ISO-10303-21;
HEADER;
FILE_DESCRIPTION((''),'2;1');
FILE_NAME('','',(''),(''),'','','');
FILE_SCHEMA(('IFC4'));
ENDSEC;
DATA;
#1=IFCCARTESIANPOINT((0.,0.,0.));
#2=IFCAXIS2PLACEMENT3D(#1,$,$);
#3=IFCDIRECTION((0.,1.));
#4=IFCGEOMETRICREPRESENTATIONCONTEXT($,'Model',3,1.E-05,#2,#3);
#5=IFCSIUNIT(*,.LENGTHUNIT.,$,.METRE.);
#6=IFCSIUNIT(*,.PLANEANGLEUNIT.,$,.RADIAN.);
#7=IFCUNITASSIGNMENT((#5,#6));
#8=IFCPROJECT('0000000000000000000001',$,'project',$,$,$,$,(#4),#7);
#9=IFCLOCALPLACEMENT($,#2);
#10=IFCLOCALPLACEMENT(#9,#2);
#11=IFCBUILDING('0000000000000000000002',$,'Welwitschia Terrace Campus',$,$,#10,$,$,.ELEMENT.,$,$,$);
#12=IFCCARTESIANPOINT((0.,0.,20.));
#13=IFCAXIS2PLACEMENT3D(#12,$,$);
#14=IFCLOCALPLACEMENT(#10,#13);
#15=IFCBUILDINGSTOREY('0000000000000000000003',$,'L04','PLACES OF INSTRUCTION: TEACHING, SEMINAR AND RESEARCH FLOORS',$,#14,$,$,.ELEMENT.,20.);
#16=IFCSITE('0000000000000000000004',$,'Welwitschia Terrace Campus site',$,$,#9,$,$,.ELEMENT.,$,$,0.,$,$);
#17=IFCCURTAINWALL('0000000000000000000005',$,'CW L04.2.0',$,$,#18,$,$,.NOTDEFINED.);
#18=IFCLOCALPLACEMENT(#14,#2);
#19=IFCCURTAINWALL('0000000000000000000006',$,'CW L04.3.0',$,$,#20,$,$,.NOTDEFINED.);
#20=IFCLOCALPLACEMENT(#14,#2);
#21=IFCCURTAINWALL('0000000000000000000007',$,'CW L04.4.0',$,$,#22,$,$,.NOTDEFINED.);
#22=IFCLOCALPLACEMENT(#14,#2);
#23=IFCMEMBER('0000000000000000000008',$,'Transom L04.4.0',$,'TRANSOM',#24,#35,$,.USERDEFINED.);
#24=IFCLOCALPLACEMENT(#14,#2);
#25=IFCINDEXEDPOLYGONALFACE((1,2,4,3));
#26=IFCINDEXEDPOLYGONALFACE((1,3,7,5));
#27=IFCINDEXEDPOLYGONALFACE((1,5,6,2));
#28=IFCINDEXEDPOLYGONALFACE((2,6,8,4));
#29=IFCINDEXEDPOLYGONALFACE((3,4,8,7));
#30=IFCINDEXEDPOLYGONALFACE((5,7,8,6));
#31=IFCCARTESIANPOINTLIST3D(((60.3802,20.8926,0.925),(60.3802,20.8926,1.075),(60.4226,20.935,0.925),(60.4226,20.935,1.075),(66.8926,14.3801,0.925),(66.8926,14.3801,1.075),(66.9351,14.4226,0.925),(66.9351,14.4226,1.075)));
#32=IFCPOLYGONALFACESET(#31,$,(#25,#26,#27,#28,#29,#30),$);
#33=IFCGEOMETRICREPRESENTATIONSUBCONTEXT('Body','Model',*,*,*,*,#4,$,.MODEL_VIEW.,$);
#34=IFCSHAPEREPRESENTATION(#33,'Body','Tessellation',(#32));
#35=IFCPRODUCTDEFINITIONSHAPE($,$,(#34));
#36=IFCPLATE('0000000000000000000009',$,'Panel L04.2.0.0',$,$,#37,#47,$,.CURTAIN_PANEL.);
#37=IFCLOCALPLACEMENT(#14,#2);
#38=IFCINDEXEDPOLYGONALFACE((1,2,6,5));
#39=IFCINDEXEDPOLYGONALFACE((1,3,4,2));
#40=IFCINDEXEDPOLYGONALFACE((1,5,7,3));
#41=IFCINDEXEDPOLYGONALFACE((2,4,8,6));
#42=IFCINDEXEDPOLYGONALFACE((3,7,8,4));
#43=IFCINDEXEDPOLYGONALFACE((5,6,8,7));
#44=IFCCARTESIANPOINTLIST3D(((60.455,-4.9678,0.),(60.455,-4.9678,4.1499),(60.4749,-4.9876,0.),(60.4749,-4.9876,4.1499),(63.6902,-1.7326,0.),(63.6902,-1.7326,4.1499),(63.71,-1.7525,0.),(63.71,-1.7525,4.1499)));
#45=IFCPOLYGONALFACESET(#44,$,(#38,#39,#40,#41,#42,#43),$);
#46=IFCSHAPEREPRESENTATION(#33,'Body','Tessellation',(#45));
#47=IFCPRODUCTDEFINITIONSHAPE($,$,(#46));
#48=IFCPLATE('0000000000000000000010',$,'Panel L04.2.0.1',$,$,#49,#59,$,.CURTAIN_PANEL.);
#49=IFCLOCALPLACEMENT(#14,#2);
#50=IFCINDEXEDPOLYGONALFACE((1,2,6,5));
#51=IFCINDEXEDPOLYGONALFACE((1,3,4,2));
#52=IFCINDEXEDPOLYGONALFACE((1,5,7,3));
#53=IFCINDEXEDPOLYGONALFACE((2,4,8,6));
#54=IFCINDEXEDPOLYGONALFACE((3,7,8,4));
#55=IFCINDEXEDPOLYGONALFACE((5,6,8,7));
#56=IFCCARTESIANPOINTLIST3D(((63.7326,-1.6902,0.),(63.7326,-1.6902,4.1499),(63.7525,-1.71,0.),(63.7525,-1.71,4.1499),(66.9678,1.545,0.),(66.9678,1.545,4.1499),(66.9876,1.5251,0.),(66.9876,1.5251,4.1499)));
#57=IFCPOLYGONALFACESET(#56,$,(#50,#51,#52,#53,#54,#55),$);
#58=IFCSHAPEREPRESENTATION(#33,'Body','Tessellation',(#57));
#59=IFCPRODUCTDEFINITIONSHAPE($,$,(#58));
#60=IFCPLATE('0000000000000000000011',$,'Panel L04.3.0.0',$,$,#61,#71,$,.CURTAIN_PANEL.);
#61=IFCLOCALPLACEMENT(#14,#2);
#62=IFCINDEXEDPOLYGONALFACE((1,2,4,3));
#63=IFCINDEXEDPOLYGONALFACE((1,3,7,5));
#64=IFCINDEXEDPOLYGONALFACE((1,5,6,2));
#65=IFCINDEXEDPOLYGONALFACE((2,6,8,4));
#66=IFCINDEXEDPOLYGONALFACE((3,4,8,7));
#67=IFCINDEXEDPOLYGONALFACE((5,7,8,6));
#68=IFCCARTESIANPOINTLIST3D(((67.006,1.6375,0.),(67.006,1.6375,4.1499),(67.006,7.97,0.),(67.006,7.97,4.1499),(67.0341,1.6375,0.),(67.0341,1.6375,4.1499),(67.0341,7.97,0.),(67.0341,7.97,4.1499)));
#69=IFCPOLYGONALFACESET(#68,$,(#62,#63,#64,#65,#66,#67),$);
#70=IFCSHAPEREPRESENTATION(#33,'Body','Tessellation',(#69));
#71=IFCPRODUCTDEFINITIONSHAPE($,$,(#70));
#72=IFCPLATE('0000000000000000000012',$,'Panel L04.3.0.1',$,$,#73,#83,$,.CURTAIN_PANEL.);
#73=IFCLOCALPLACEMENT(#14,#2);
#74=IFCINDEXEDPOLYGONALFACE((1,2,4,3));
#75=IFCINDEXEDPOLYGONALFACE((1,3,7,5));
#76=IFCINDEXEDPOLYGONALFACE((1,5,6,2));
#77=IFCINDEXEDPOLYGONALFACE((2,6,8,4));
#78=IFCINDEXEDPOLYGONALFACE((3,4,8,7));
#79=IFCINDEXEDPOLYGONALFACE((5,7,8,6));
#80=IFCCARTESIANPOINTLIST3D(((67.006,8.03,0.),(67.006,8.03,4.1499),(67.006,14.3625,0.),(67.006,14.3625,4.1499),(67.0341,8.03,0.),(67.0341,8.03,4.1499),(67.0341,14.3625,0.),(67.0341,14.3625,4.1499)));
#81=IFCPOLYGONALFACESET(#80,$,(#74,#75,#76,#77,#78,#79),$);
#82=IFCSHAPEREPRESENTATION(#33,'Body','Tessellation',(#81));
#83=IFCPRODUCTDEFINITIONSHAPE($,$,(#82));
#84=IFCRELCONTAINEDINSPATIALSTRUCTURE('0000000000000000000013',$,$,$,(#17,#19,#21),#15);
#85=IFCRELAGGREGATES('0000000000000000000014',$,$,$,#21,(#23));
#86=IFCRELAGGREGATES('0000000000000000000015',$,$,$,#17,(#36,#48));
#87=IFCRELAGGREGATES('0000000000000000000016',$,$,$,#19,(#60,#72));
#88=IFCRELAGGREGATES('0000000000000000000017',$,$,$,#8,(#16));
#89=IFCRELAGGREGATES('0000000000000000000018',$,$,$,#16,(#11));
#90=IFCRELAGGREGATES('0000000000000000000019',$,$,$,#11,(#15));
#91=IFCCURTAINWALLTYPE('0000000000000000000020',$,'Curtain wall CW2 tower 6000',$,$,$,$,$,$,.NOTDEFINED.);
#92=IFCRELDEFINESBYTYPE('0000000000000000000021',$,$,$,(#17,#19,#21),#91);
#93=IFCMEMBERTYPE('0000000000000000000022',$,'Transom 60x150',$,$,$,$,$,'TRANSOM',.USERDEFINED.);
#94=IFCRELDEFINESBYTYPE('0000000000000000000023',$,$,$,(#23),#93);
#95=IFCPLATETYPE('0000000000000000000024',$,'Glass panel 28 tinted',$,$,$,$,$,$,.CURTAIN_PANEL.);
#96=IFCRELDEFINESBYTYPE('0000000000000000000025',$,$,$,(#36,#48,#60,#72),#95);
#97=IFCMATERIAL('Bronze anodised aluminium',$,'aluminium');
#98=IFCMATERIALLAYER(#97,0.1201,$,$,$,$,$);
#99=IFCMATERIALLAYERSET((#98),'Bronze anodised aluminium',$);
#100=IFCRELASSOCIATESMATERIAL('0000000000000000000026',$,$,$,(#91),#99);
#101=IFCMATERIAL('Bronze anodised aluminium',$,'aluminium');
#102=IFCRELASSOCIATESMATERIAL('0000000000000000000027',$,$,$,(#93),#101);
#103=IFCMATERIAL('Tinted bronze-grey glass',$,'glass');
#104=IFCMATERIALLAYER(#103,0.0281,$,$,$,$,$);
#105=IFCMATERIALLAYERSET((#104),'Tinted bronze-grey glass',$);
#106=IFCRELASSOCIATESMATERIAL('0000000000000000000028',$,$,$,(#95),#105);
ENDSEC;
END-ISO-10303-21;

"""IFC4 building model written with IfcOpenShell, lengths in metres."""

from ifc_helpers import new_model, si_unit, direction, frame, origin, origin_2d, place, context, subcontext, project, spatial, rectangle, extrude, material, layer, layer_set, material_profile, profile_set, type_object, element, aggregate, save


model = new_model("IFC4")

# Units and contexts
model_context = context("Model", 3, precision=1e-05, world=origin(), true_north=direction((0.0, 1.0)))
body_context = subcontext(model_context, "Body", "Model", "MODEL_VIEW")
ifc_project = project(units=[si_unit("LENGTHUNIT", "METRE"), si_unit("PLANEANGLEUNIT", "RADIAN")], contexts=[model_context])

# Site, building, storey
site_placement = place(None, origin())
site = spatial("IfcSite", under=ifc_project, at=site_placement, Name="Welwitschia Terrace Campus site", CompositionType="ELEMENT", RefElevation=0.0)
building_placement = place(site_placement, origin())
building = spatial("IfcBuilding", under=site, at=building_placement, Name="Welwitschia Terrace Campus", CompositionType="ELEMENT")
storey_placement = place(building_placement, frame((0.0, 0.0, 20.0)))
storey = spatial("IfcBuildingStorey", under=building, at=storey_placement, Name="L04", Description="PLACES OF INSTRUCTION: TEACHING, SEMINAR AND RESEARCH FLOORS", CompositionType="ELEMENT", Elevation=20.0)

# Curtain walls
ifc_material_1 = material(Name="Bronze anodised aluminium", Category="aluminium")
ifc_layer_1 = layer(ifc_material_1, 0.1201)
ifc_layer_set_1 = layer_set([ifc_layer_1], Name="Bronze anodised aluminium")
curtain_wall_type = type_object("IfcCurtainWallType", Name="Curtain wall CW2 tower 6000", PredefinedType="NOTDEFINED", material=ifc_layer_set_1)
curtain_wall_1_placement = place(storey_placement, origin())
curtain_wall_1 = element("IfcCurtainWall", 1, at=curtain_wall_1_placement, inside=storey, type_object=curtain_wall_type, Name="CW L04.2.0", PredefinedType="NOTDEFINED")
curtain_wall_2_placement = place(storey_placement, origin())
curtain_wall_2 = element("IfcCurtainWall", 2, at=curtain_wall_2_placement, inside=storey, type_object=curtain_wall_type, Name="CW L04.3.0", PredefinedType="NOTDEFINED")

# Curtain wall
curtain_wall_3_placement = place(storey_placement, origin())
curtain_wall_3 = element("IfcCurtainWall", 3, at=curtain_wall_3_placement, inside=storey, type_object=curtain_wall_type, Name="CW L04.4.0", PredefinedType="NOTDEFINED")

# Member
ifc_material_2 = material(Name="Bronze anodised aluminium", Category="aluminium")
ifc_material_profile_1 = material_profile(ifc_material_2, rectangle(XDim=0.0601, YDim=0.1499, at=origin_2d()))
ifc_profile_set_1 = profile_set([ifc_material_profile_1], Name="Bronze anodised aluminium")
member_type_1 = type_object("IfcMemberType", Name="Transom 60x150", ElementType="TRANSOM", PredefinedType="USERDEFINED", material=ifc_profile_set_1)
member_1_placement = place(storey_placement, frame((66.9138, 14.4014, 1.0), z_axis=(-0.707107, 0.707107, 0.0), x_axis=(-0.707107, -0.707107, 0.0)))
member_1 = element("IfcMember", 4, at=member_1_placement, type_object=member_type_1, Name="Transom L04.4.0", ObjectType="TRANSOM", PredefinedType="USERDEFINED", context=body_context, shape_type="SweptSolid", body=[
    extrude(rectangle(XDim=0.0601, YDim=0.1499, at=origin_2d()), origin(), (0.0, 0.0, 1.0), 9.21),
])
aggregate(curtain_wall_3, [member_1])

# Plates
ifc_material_3 = material(Name="Tinted bronze-grey glass", Category="glass")
ifc_layer_2 = layer(ifc_material_3, 0.0281)
ifc_layer_set_2 = layer_set([ifc_layer_2], Name="Tinted bronze-grey glass")
plate_type = type_object("IfcPlateType", Name="Glass panel 28 tinted", PredefinedType="CURTAIN_PANEL", material=ifc_layer_set_2)
plate_1_placement = place(storey_placement, frame((62.0825, -3.3601, 0.0), z_axis=(0.0, 0.0, 1.0), x_axis=(0.707107, 0.707107, 0.0)))
plate_1 = element("IfcPlate", 5, at=plate_1_placement, type_object=plate_type, Name="Panel L04.2.0.0", PredefinedType="CURTAIN_PANEL", context=body_context, shape_type="SweptSolid", body=[
    extrude(rectangle(XDim=4.5752, YDim=0.0281, at=origin_2d()), origin(), (0.0, 0.0, 1.0), 4.1499),
])
plate_2_placement = place(storey_placement, frame((65.3601, -0.0825, 0.0), z_axis=(0.0, 0.0, 1.0), x_axis=(0.707107, 0.707107, 0.0)))
plate_2 = element("IfcPlate", 6, at=plate_2_placement, type_object=plate_type, Name="Panel L04.2.0.1", PredefinedType="CURTAIN_PANEL", context=body_context, shape_type="SweptSolid", body=[
    extrude(rectangle(XDim=4.5752, YDim=0.0281, at=origin_2d()), origin(), (0.0, 0.0, 1.0), 4.1499),
])
aggregate(curtain_wall_1, [plate_1, plate_2])
plate_3_placement = place(storey_placement, frame((67.02, 4.8037, 0.0), z_axis=(0.0, 0.0, 1.0), x_axis=(0.0, 1.0, 0.0)))
plate_3 = element("IfcPlate", 7, at=plate_3_placement, type_object=plate_type, Name="Panel L04.3.0.0", PredefinedType="CURTAIN_PANEL", context=body_context, shape_type="SweptSolid", body=[
    extrude(rectangle(XDim=6.3325, YDim=0.0281, at=origin_2d()), origin(), (0.0, 0.0, 1.0), 4.1499),
])
plate_4_placement = place(storey_placement, frame((67.02, 11.1963, 0.0), z_axis=(0.0, 0.0, 1.0), x_axis=(0.0, 1.0, 0.0)))
plate_4 = element("IfcPlate", 8, at=plate_4_placement, type_object=plate_type, Name="Panel L04.3.0.1", PredefinedType="CURTAIN_PANEL", context=body_context, shape_type="SweptSolid", body=[
    extrude(rectangle(XDim=6.3325, YDim=0.0281, at=origin_2d()), origin(), (0.0, 0.0, 1.0), 4.1499),
])
aggregate(curtain_wall_2, [plate_3, plate_4])

save(model, "model.ifc")
